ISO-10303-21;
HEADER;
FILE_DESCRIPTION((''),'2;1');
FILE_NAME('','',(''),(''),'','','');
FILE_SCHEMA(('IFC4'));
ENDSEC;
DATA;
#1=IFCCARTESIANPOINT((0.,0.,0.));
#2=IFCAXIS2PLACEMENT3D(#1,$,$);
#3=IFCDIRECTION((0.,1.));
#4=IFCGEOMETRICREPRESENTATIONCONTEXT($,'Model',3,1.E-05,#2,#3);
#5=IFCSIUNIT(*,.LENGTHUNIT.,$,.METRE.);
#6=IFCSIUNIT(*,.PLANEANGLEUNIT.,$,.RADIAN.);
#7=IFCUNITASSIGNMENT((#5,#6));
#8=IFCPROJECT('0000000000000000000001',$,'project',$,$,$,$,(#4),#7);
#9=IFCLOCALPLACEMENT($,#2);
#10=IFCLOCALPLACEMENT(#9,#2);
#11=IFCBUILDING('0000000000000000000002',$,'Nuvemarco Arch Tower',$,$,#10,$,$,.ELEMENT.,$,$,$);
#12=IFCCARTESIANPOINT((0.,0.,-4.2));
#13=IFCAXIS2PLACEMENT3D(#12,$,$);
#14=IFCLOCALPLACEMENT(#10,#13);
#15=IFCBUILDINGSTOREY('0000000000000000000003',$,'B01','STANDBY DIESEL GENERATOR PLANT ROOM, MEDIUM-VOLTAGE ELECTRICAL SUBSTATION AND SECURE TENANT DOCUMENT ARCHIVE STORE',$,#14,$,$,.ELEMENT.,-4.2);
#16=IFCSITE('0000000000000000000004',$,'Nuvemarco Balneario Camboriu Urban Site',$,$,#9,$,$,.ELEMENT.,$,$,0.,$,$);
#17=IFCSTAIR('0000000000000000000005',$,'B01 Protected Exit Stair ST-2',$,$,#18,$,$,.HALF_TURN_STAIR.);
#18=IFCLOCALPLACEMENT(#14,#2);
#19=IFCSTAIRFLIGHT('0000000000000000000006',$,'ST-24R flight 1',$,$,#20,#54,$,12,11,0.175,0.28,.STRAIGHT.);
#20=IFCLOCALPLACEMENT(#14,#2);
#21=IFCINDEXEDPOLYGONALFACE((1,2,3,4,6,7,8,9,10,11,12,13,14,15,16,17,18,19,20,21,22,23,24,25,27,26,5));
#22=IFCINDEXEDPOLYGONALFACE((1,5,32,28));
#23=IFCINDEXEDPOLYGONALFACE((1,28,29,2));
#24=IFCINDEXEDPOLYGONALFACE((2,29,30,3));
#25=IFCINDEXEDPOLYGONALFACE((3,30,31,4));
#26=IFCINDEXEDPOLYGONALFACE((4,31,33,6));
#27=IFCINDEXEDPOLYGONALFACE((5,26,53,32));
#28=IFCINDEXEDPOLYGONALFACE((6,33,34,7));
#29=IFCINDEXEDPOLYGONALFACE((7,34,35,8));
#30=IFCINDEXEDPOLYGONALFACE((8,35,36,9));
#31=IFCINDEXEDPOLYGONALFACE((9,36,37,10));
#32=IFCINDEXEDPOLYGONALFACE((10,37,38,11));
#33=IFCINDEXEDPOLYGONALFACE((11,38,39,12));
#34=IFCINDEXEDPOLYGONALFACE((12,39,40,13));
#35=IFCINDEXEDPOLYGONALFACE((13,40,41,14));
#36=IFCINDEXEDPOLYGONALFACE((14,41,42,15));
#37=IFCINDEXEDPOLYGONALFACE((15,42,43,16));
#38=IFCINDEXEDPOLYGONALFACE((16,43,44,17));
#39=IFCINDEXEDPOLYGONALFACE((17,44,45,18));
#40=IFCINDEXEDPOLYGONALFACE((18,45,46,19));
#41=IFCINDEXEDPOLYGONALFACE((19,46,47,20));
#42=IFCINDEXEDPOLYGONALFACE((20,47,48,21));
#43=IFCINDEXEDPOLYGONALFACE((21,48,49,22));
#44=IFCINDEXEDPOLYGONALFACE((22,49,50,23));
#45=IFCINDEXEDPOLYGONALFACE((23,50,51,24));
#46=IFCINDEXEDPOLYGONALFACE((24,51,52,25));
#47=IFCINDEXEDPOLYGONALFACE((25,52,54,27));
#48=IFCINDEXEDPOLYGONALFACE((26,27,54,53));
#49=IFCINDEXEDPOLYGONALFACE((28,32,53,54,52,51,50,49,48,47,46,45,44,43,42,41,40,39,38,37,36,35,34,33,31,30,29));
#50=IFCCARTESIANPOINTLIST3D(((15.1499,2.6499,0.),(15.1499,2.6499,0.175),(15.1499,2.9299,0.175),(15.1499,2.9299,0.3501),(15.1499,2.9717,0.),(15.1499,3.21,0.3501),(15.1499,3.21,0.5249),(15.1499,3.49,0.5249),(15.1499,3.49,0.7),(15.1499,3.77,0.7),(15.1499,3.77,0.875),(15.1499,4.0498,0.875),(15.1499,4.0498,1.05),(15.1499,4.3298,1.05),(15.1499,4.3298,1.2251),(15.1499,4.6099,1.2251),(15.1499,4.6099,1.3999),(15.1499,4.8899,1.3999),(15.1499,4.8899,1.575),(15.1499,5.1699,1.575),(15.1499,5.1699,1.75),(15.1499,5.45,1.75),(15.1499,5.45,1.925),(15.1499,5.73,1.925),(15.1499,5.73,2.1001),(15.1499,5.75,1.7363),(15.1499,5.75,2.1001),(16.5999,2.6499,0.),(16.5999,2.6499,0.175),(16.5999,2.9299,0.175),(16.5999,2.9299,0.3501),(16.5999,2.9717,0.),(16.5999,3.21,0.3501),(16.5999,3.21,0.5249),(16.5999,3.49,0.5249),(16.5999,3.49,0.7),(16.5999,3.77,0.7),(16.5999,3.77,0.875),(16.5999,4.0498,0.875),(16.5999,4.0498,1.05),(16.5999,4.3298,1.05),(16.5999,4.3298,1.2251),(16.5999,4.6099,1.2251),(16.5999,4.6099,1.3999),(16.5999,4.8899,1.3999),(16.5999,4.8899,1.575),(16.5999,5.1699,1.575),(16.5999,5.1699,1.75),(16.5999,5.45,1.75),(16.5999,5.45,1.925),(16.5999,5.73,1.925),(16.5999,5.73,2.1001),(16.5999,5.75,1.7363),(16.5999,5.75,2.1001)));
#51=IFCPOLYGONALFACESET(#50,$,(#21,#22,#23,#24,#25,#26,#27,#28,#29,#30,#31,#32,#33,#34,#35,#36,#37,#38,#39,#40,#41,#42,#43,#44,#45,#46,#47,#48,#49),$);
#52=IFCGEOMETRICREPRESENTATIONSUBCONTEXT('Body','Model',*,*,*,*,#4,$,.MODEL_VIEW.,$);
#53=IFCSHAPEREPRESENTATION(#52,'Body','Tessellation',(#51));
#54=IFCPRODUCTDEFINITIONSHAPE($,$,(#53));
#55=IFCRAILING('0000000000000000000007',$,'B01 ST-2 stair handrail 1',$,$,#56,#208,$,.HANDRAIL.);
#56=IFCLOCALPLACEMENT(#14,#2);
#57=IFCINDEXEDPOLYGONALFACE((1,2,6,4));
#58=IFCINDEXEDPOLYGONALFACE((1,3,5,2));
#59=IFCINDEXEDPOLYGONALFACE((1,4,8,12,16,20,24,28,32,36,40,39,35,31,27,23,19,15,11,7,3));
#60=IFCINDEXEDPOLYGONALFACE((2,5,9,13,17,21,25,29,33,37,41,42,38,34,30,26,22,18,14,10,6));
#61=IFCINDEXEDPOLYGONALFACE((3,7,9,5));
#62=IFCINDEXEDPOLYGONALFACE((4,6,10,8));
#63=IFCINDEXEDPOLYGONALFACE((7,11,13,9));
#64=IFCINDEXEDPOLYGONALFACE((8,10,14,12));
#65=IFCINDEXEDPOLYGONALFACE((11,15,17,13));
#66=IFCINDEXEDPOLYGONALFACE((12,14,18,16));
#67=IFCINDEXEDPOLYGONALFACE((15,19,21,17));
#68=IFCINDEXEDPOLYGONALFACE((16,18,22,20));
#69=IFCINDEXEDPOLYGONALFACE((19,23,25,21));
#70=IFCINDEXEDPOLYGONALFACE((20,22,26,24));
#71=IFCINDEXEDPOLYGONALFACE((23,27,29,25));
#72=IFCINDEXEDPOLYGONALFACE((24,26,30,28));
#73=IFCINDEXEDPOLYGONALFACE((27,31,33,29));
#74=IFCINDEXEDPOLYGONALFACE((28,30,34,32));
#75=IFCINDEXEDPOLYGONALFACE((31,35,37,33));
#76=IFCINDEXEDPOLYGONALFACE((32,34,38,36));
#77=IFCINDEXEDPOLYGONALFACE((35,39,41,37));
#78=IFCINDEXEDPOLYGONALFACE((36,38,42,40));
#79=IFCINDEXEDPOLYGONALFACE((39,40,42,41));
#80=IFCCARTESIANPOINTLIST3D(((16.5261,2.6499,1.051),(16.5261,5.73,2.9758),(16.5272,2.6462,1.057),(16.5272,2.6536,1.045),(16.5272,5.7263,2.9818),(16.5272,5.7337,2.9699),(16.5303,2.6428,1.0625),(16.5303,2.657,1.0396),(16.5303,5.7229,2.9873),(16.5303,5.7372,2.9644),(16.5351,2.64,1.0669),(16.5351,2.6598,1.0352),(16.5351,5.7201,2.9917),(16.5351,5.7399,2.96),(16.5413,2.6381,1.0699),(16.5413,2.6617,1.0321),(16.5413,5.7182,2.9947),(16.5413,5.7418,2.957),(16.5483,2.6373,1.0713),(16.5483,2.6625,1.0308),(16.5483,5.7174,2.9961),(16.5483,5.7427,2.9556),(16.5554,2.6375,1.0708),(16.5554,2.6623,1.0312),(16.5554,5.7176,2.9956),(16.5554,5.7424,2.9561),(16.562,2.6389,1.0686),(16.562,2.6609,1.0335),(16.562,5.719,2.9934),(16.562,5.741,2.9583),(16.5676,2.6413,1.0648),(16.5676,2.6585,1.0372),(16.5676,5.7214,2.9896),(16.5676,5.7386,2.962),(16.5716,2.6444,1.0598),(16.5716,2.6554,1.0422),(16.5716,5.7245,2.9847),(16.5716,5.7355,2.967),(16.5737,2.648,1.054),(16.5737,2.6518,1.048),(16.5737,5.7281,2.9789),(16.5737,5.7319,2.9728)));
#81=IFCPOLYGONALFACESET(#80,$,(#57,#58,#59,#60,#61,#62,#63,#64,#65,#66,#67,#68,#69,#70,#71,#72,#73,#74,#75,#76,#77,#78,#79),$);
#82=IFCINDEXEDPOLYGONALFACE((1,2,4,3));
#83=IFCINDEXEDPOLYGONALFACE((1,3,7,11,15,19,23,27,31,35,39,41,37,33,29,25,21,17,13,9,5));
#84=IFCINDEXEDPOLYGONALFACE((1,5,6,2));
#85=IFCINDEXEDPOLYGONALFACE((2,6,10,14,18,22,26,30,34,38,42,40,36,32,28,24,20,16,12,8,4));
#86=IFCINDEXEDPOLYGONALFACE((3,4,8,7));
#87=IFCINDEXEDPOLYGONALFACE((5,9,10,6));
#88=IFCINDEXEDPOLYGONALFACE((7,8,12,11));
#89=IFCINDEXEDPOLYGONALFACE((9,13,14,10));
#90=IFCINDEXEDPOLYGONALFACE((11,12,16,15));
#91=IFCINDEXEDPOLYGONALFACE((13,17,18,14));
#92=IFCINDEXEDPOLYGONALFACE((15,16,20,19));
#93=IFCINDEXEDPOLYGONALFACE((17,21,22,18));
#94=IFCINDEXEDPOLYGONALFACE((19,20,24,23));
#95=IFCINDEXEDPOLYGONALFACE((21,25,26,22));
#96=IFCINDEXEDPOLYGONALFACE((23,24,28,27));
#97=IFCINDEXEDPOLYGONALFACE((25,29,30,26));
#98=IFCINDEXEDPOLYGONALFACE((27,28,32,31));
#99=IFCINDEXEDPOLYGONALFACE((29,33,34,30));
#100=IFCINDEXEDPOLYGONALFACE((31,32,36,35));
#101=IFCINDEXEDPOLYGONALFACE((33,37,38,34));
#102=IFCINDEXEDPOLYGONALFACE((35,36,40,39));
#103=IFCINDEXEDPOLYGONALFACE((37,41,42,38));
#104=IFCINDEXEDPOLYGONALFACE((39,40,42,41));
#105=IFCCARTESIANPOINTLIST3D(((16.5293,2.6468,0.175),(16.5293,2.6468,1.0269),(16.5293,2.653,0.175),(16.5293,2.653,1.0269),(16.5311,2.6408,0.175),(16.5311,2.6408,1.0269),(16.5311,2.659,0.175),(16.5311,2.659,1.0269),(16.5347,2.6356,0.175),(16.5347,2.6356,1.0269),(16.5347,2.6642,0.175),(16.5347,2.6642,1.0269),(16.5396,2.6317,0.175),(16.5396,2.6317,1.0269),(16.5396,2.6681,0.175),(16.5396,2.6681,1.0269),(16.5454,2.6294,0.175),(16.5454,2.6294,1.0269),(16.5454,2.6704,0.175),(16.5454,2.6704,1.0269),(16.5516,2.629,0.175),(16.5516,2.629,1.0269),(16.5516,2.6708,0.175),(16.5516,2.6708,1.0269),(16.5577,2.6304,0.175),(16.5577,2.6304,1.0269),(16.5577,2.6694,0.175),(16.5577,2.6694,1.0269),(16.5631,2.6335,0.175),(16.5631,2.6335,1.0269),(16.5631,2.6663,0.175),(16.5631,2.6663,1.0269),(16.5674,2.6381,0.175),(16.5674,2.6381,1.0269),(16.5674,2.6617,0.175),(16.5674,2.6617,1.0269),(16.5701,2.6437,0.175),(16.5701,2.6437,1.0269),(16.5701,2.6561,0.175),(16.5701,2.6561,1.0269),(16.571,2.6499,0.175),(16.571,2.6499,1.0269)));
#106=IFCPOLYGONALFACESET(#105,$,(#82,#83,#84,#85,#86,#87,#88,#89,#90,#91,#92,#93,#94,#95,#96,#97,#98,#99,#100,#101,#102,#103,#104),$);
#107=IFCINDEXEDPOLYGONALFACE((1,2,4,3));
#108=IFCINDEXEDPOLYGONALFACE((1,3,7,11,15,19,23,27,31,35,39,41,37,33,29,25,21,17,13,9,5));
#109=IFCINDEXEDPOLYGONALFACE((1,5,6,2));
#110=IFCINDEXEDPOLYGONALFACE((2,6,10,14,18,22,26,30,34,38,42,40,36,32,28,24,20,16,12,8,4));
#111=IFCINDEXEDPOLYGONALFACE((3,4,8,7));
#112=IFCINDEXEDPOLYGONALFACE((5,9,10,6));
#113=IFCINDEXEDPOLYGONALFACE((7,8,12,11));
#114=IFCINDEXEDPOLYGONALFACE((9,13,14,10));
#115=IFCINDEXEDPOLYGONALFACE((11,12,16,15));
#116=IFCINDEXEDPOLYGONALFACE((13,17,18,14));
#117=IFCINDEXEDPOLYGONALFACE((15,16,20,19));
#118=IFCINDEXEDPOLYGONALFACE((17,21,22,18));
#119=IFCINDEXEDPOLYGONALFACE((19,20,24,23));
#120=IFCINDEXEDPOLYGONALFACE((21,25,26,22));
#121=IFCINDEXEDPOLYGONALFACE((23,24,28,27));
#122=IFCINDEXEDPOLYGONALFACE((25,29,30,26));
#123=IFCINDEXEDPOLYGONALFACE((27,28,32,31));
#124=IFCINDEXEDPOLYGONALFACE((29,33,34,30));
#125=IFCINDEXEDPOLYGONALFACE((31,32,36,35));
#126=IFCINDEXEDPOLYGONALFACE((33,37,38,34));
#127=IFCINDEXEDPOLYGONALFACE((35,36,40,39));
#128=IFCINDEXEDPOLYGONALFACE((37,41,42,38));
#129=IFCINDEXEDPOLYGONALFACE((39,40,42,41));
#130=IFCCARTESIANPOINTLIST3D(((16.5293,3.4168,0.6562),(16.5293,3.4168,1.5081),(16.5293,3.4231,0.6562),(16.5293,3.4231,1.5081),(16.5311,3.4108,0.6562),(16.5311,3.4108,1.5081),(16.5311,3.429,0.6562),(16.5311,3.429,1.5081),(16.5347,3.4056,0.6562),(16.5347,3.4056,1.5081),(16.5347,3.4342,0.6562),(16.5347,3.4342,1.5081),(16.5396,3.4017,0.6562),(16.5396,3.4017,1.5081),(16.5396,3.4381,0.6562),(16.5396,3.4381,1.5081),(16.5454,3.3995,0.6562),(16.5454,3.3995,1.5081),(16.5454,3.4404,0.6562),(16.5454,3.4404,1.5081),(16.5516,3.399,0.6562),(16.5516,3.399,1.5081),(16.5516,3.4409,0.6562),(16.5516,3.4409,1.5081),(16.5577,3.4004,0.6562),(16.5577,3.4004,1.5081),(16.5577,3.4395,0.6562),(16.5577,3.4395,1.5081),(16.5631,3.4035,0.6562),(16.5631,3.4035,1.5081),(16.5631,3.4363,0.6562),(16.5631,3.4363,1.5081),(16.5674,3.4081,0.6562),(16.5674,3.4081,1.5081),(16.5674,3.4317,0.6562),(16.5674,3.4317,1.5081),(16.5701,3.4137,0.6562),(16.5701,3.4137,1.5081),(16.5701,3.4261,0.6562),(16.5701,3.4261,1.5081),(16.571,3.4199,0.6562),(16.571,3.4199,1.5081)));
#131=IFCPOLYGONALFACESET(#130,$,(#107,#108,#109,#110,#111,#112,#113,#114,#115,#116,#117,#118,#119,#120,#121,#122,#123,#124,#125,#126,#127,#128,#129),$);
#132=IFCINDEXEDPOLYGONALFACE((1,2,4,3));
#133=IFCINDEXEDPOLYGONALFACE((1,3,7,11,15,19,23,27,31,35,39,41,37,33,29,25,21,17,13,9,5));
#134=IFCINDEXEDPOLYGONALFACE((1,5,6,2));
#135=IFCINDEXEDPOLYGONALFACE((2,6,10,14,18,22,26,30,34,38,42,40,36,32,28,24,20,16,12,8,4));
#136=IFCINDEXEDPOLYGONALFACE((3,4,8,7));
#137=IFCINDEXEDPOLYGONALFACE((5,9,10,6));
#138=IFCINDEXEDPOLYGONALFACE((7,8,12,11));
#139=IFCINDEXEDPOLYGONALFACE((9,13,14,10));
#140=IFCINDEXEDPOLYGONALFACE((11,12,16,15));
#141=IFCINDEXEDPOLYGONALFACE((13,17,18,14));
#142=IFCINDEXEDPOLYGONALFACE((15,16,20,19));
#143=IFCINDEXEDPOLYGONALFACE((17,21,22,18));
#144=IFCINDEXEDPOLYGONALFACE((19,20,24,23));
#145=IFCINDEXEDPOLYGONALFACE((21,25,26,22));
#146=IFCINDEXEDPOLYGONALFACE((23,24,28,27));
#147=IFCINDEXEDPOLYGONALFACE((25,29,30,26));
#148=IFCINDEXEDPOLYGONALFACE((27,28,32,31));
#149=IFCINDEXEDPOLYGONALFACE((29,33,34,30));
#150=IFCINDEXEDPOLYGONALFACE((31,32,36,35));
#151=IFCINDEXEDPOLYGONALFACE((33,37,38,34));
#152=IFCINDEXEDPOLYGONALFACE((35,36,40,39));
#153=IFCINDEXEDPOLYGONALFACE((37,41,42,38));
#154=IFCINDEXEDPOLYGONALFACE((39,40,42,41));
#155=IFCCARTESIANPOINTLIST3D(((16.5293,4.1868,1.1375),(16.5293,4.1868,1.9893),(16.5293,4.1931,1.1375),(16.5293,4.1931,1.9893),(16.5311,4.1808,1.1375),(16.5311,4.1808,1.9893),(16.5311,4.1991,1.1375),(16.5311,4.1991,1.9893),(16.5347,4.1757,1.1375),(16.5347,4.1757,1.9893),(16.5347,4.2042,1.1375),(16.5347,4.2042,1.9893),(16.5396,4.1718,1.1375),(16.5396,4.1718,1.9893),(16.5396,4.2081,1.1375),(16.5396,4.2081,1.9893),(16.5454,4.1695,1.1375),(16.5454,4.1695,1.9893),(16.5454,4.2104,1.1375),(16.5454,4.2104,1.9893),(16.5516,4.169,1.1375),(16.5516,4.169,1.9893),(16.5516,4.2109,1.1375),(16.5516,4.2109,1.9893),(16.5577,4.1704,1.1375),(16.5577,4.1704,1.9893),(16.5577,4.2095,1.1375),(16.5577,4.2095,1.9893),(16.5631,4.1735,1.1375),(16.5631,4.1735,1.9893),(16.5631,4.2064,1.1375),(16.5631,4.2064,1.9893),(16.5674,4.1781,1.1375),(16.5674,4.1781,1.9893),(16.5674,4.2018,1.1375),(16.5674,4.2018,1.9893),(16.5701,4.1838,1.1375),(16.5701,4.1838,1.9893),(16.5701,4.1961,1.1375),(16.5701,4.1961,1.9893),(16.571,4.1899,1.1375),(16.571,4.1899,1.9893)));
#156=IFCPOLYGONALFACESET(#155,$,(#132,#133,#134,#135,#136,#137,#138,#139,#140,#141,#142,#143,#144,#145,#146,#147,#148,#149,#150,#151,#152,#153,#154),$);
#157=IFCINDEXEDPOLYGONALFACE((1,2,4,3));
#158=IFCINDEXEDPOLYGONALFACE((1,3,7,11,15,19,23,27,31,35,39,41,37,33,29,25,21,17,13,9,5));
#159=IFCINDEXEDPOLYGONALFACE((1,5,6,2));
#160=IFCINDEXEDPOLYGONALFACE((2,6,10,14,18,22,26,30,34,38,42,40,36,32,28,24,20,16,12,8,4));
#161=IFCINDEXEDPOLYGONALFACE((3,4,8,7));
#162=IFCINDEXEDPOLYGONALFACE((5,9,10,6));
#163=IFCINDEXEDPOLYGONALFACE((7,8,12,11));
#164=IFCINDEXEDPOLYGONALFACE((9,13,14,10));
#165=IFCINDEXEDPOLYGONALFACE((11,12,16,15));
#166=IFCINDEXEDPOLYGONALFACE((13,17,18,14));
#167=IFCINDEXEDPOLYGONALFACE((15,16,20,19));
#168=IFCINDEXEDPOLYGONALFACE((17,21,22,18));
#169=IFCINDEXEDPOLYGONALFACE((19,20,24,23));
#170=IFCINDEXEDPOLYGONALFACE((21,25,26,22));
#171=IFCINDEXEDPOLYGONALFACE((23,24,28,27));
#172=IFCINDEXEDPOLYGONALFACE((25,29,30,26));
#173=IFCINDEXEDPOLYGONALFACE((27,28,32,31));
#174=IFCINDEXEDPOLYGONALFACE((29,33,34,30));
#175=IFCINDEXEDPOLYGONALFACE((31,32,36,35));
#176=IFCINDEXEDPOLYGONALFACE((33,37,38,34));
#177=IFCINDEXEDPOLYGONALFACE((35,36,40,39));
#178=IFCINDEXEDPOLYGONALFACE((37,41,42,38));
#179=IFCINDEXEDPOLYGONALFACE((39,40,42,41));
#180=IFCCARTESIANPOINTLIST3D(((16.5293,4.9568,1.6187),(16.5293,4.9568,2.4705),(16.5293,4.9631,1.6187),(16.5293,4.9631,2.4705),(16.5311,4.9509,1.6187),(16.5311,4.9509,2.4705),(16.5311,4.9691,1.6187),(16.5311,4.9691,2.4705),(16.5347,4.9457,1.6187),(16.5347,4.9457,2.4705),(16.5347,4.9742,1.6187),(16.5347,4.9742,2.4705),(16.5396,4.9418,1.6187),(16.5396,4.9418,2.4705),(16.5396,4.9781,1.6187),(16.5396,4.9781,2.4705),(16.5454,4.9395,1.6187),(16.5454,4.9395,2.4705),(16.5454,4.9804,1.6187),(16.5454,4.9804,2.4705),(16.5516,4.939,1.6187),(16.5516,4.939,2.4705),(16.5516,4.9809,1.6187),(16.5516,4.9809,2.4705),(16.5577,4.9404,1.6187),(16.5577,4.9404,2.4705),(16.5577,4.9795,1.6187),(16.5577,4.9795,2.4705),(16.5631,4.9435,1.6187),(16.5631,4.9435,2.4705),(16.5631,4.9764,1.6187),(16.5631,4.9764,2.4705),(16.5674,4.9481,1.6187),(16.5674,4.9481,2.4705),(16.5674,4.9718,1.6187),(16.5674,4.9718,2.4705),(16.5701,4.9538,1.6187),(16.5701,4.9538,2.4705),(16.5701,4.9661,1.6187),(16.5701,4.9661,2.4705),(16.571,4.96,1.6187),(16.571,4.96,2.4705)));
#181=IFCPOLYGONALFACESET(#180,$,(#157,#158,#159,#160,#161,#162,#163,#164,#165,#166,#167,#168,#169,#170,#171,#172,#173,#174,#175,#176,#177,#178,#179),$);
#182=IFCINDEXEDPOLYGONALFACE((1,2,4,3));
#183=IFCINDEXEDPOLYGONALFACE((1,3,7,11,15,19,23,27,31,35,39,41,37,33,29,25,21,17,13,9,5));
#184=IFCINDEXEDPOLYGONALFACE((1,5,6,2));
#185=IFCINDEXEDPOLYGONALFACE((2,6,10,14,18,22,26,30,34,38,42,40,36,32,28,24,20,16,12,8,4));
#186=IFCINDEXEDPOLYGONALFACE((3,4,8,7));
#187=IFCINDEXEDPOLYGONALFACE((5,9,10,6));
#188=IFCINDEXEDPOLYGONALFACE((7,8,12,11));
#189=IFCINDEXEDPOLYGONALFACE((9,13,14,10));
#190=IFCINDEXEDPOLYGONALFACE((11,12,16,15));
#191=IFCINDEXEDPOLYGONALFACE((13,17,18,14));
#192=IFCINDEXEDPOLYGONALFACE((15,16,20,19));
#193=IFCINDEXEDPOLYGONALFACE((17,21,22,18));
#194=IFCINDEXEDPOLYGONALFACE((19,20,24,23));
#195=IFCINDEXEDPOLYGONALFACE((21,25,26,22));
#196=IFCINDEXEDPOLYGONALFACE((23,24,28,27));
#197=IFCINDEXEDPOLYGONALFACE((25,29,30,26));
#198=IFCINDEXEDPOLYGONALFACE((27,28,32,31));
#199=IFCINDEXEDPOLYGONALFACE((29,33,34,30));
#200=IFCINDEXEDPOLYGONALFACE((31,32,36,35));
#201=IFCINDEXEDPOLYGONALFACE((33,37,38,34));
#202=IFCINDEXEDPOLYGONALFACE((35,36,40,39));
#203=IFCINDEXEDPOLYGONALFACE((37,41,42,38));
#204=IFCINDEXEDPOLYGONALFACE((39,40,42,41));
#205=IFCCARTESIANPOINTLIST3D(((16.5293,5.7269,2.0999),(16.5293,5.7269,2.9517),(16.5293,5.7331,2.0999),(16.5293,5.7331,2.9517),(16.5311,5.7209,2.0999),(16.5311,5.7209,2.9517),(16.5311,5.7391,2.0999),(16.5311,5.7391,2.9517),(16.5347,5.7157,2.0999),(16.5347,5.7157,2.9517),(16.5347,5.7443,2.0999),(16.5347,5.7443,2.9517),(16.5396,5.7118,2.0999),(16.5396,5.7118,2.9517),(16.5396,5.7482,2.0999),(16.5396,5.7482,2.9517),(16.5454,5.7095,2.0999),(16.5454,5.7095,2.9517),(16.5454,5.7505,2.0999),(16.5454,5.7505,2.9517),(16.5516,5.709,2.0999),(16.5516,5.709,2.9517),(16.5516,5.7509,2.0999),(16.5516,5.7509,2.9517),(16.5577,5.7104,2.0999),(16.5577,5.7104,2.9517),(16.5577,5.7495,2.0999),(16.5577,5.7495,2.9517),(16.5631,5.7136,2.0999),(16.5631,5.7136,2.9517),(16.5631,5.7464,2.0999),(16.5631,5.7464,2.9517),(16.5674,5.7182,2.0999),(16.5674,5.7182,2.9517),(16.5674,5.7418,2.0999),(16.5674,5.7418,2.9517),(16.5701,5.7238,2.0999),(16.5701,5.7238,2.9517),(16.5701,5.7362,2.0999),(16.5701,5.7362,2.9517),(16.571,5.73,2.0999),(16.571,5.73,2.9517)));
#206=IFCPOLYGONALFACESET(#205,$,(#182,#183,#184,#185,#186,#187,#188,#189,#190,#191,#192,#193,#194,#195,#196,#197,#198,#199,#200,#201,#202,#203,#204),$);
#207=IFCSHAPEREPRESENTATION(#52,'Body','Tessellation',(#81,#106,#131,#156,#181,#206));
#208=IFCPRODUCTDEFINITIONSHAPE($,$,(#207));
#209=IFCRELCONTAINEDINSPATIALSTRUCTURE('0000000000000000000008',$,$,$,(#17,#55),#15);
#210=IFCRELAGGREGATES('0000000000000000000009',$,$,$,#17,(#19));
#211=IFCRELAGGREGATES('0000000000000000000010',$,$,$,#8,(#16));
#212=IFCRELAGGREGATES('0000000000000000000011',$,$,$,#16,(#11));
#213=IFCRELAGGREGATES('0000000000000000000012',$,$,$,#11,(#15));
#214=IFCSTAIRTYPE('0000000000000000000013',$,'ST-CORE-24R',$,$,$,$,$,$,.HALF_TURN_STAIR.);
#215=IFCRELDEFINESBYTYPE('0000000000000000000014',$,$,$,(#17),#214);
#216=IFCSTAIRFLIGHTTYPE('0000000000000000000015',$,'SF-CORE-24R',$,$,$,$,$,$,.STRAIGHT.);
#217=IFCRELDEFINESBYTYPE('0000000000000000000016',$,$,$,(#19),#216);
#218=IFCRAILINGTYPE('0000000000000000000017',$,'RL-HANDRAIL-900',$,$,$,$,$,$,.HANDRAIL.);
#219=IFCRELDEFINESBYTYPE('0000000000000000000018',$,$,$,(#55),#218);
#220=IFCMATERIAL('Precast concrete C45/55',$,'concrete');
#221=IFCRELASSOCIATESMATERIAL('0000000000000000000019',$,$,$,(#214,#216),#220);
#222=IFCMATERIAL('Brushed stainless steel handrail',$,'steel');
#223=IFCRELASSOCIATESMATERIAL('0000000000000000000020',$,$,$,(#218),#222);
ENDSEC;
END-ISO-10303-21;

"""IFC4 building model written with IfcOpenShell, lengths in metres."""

from ifc_helpers import new_model, si_unit, direction, frame, origin, origin_2d, place, context, subcontext, project, spatial, polyline, circle, outline, extrude, material, type_object, element, aggregate, save


model = new_model("IFC4")

# Units and contexts
model_context = context("Model", 3, precision=1e-05, world=origin(), true_north=direction((0.0, 1.0)))
body_context = subcontext(model_context, "Body", "Model", "MODEL_VIEW")
ifc_project = project(units=[si_unit("LENGTHUNIT", "METRE"), si_unit("PLANEANGLEUNIT", "RADIAN")], contexts=[model_context])

# Site, building, storey
site_placement = place(None, origin())
site = spatial("IfcSite", under=ifc_project, at=site_placement, Name="Nuvemarco Balneario Camboriu Urban Site", CompositionType="ELEMENT", RefElevation=0.0)
building_placement = place(site_placement, origin())
building = spatial("IfcBuilding", under=site, at=building_placement, Name="Nuvemarco Arch Tower", CompositionType="ELEMENT")
storey_placement = place(building_placement, frame((0.0, 0.0, -4.2)))
storey = spatial("IfcBuildingStorey", under=building, at=storey_placement, Name="B01", Description="STANDBY DIESEL GENERATOR PLANT ROOM, MEDIUM-VOLTAGE ELECTRICAL SUBSTATION AND SECURE TENANT DOCUMENT ARCHIVE STORE", CompositionType="ELEMENT", Elevation=-4.2)

# Stair, stair flight
ifc_material_1 = material(Name="Precast concrete C45/55", Category="concrete")
stair_type = type_object("IfcStairType", Name="ST-CORE-24R", PredefinedType="HALF_TURN_STAIR", material=ifc_material_1)
stair_placement = place(storey_placement, origin())
stair = element("IfcStair", 1, at=stair_placement, inside=storey, type_object=stair_type, Name="B01 Protected Exit Stair ST-2", PredefinedType="HALF_TURN_STAIR")
stair_flight_type = type_object("IfcStairFlightType", Name="SF-CORE-24R", PredefinedType="STRAIGHT", material=ifc_material_1)
stair_flight_placement = place(storey_placement, frame((15.875, 2.6499, 0.0), z_axis=(0.0, 0.0, 1.0), x_axis=(0.0, 1.0, 0.0)))
stair_flight = element("IfcStairFlight", 2, at=stair_flight_placement, type_object=stair_flight_type, Name="ST-24R flight 1", NumberOfRisers=12, NumberOfTreads=11, PredefinedType="STRAIGHT", RiserHeight=0.175, TreadLength=0.28, context=body_context, shape_type="SweptSolid", body=[
    extrude(outline(polyline([(0.0, 0.0), (0.0, 0.175), (0.28, 0.175), (0.28, 0.3501), (0.5601, 0.3501), (0.5601, 0.5249), (0.8401, 0.5249), (0.8401, 0.7), (1.1201, 0.7), (1.1201, 0.875), (1.3999, 0.875), (1.3999, 1.05), (1.6799, 1.05), (1.6799, 1.2251), (1.96, 1.2251), (1.96, 1.3999), (2.24, 1.3999), (2.24, 1.575), (2.52, 1.575), (2.52, 1.75), (2.8, 1.75), (2.8, 1.925), (3.0801, 1.925), (3.0801, 2.1001), (3.1001, 2.1001), (3.1001, 1.7363), (0.3218, 0.0), (0.0, 0.0)])), frame((0.0, 0.7251, 0.0), z_axis=(0.0, -1.0, 0.0), x_axis=(1.0, 0.0, 0.0)), (0.0, 0.0, 1.0), 1.45),
])
aggregate(stair, [stair_flight])

# Railing
ifc_material_2 = material(Name="Brushed stainless steel handrail", Category="steel")
railing_type_1 = type_object("IfcRailingType", Name="RL-HANDRAIL-900", PredefinedType="HANDRAIL", material=ifc_material_2)
railing_1_placement = place(storey_placement, frame((16.55, 2.6499, 0.175)))
element("IfcRailing", 3, at=railing_1_placement, inside=storey, type_object=railing_type_1, Name="B01 ST-2 stair handrail 1", PredefinedType="HANDRAIL", context=body_context, shape_type="SweptSolid", body=[
    extrude(circle(Radius=0.0239, at=origin_2d()), frame((0.0, 0.0, 0.876), z_axis=(0.0, 0.848029, 0.529951), x_axis=(-1.0, 0.0, 0.0)), (0.0, 0.0, 1.0), 3.6321),
    extrude(circle(Radius=0.021, at=origin_2d()), origin(), (0.0, 0.0, 1.0), 0.8518),
    extrude(circle(Radius=0.021, at=origin_2d()), frame((0.0, 0.77, 0.4812)), (0.0, 0.0, 1.0), 0.8518),
    extrude(circle(Radius=0.021, at=origin_2d()), frame((0.0, 1.54, 0.9624)), (0.0, 0.0, 1.0), 0.8518),
    extrude(circle(Radius=0.021, at=origin_2d()), frame((0.0, 2.3101, 1.4436)), (0.0, 0.0, 1.0), 0.8518),
    extrude(circle(Radius=0.021, at=origin_2d()), frame((0.0, 3.0801, 1.9248)), (0.0, 0.0, 1.0), 0.8518),
])

save(model, "model.ifc")
